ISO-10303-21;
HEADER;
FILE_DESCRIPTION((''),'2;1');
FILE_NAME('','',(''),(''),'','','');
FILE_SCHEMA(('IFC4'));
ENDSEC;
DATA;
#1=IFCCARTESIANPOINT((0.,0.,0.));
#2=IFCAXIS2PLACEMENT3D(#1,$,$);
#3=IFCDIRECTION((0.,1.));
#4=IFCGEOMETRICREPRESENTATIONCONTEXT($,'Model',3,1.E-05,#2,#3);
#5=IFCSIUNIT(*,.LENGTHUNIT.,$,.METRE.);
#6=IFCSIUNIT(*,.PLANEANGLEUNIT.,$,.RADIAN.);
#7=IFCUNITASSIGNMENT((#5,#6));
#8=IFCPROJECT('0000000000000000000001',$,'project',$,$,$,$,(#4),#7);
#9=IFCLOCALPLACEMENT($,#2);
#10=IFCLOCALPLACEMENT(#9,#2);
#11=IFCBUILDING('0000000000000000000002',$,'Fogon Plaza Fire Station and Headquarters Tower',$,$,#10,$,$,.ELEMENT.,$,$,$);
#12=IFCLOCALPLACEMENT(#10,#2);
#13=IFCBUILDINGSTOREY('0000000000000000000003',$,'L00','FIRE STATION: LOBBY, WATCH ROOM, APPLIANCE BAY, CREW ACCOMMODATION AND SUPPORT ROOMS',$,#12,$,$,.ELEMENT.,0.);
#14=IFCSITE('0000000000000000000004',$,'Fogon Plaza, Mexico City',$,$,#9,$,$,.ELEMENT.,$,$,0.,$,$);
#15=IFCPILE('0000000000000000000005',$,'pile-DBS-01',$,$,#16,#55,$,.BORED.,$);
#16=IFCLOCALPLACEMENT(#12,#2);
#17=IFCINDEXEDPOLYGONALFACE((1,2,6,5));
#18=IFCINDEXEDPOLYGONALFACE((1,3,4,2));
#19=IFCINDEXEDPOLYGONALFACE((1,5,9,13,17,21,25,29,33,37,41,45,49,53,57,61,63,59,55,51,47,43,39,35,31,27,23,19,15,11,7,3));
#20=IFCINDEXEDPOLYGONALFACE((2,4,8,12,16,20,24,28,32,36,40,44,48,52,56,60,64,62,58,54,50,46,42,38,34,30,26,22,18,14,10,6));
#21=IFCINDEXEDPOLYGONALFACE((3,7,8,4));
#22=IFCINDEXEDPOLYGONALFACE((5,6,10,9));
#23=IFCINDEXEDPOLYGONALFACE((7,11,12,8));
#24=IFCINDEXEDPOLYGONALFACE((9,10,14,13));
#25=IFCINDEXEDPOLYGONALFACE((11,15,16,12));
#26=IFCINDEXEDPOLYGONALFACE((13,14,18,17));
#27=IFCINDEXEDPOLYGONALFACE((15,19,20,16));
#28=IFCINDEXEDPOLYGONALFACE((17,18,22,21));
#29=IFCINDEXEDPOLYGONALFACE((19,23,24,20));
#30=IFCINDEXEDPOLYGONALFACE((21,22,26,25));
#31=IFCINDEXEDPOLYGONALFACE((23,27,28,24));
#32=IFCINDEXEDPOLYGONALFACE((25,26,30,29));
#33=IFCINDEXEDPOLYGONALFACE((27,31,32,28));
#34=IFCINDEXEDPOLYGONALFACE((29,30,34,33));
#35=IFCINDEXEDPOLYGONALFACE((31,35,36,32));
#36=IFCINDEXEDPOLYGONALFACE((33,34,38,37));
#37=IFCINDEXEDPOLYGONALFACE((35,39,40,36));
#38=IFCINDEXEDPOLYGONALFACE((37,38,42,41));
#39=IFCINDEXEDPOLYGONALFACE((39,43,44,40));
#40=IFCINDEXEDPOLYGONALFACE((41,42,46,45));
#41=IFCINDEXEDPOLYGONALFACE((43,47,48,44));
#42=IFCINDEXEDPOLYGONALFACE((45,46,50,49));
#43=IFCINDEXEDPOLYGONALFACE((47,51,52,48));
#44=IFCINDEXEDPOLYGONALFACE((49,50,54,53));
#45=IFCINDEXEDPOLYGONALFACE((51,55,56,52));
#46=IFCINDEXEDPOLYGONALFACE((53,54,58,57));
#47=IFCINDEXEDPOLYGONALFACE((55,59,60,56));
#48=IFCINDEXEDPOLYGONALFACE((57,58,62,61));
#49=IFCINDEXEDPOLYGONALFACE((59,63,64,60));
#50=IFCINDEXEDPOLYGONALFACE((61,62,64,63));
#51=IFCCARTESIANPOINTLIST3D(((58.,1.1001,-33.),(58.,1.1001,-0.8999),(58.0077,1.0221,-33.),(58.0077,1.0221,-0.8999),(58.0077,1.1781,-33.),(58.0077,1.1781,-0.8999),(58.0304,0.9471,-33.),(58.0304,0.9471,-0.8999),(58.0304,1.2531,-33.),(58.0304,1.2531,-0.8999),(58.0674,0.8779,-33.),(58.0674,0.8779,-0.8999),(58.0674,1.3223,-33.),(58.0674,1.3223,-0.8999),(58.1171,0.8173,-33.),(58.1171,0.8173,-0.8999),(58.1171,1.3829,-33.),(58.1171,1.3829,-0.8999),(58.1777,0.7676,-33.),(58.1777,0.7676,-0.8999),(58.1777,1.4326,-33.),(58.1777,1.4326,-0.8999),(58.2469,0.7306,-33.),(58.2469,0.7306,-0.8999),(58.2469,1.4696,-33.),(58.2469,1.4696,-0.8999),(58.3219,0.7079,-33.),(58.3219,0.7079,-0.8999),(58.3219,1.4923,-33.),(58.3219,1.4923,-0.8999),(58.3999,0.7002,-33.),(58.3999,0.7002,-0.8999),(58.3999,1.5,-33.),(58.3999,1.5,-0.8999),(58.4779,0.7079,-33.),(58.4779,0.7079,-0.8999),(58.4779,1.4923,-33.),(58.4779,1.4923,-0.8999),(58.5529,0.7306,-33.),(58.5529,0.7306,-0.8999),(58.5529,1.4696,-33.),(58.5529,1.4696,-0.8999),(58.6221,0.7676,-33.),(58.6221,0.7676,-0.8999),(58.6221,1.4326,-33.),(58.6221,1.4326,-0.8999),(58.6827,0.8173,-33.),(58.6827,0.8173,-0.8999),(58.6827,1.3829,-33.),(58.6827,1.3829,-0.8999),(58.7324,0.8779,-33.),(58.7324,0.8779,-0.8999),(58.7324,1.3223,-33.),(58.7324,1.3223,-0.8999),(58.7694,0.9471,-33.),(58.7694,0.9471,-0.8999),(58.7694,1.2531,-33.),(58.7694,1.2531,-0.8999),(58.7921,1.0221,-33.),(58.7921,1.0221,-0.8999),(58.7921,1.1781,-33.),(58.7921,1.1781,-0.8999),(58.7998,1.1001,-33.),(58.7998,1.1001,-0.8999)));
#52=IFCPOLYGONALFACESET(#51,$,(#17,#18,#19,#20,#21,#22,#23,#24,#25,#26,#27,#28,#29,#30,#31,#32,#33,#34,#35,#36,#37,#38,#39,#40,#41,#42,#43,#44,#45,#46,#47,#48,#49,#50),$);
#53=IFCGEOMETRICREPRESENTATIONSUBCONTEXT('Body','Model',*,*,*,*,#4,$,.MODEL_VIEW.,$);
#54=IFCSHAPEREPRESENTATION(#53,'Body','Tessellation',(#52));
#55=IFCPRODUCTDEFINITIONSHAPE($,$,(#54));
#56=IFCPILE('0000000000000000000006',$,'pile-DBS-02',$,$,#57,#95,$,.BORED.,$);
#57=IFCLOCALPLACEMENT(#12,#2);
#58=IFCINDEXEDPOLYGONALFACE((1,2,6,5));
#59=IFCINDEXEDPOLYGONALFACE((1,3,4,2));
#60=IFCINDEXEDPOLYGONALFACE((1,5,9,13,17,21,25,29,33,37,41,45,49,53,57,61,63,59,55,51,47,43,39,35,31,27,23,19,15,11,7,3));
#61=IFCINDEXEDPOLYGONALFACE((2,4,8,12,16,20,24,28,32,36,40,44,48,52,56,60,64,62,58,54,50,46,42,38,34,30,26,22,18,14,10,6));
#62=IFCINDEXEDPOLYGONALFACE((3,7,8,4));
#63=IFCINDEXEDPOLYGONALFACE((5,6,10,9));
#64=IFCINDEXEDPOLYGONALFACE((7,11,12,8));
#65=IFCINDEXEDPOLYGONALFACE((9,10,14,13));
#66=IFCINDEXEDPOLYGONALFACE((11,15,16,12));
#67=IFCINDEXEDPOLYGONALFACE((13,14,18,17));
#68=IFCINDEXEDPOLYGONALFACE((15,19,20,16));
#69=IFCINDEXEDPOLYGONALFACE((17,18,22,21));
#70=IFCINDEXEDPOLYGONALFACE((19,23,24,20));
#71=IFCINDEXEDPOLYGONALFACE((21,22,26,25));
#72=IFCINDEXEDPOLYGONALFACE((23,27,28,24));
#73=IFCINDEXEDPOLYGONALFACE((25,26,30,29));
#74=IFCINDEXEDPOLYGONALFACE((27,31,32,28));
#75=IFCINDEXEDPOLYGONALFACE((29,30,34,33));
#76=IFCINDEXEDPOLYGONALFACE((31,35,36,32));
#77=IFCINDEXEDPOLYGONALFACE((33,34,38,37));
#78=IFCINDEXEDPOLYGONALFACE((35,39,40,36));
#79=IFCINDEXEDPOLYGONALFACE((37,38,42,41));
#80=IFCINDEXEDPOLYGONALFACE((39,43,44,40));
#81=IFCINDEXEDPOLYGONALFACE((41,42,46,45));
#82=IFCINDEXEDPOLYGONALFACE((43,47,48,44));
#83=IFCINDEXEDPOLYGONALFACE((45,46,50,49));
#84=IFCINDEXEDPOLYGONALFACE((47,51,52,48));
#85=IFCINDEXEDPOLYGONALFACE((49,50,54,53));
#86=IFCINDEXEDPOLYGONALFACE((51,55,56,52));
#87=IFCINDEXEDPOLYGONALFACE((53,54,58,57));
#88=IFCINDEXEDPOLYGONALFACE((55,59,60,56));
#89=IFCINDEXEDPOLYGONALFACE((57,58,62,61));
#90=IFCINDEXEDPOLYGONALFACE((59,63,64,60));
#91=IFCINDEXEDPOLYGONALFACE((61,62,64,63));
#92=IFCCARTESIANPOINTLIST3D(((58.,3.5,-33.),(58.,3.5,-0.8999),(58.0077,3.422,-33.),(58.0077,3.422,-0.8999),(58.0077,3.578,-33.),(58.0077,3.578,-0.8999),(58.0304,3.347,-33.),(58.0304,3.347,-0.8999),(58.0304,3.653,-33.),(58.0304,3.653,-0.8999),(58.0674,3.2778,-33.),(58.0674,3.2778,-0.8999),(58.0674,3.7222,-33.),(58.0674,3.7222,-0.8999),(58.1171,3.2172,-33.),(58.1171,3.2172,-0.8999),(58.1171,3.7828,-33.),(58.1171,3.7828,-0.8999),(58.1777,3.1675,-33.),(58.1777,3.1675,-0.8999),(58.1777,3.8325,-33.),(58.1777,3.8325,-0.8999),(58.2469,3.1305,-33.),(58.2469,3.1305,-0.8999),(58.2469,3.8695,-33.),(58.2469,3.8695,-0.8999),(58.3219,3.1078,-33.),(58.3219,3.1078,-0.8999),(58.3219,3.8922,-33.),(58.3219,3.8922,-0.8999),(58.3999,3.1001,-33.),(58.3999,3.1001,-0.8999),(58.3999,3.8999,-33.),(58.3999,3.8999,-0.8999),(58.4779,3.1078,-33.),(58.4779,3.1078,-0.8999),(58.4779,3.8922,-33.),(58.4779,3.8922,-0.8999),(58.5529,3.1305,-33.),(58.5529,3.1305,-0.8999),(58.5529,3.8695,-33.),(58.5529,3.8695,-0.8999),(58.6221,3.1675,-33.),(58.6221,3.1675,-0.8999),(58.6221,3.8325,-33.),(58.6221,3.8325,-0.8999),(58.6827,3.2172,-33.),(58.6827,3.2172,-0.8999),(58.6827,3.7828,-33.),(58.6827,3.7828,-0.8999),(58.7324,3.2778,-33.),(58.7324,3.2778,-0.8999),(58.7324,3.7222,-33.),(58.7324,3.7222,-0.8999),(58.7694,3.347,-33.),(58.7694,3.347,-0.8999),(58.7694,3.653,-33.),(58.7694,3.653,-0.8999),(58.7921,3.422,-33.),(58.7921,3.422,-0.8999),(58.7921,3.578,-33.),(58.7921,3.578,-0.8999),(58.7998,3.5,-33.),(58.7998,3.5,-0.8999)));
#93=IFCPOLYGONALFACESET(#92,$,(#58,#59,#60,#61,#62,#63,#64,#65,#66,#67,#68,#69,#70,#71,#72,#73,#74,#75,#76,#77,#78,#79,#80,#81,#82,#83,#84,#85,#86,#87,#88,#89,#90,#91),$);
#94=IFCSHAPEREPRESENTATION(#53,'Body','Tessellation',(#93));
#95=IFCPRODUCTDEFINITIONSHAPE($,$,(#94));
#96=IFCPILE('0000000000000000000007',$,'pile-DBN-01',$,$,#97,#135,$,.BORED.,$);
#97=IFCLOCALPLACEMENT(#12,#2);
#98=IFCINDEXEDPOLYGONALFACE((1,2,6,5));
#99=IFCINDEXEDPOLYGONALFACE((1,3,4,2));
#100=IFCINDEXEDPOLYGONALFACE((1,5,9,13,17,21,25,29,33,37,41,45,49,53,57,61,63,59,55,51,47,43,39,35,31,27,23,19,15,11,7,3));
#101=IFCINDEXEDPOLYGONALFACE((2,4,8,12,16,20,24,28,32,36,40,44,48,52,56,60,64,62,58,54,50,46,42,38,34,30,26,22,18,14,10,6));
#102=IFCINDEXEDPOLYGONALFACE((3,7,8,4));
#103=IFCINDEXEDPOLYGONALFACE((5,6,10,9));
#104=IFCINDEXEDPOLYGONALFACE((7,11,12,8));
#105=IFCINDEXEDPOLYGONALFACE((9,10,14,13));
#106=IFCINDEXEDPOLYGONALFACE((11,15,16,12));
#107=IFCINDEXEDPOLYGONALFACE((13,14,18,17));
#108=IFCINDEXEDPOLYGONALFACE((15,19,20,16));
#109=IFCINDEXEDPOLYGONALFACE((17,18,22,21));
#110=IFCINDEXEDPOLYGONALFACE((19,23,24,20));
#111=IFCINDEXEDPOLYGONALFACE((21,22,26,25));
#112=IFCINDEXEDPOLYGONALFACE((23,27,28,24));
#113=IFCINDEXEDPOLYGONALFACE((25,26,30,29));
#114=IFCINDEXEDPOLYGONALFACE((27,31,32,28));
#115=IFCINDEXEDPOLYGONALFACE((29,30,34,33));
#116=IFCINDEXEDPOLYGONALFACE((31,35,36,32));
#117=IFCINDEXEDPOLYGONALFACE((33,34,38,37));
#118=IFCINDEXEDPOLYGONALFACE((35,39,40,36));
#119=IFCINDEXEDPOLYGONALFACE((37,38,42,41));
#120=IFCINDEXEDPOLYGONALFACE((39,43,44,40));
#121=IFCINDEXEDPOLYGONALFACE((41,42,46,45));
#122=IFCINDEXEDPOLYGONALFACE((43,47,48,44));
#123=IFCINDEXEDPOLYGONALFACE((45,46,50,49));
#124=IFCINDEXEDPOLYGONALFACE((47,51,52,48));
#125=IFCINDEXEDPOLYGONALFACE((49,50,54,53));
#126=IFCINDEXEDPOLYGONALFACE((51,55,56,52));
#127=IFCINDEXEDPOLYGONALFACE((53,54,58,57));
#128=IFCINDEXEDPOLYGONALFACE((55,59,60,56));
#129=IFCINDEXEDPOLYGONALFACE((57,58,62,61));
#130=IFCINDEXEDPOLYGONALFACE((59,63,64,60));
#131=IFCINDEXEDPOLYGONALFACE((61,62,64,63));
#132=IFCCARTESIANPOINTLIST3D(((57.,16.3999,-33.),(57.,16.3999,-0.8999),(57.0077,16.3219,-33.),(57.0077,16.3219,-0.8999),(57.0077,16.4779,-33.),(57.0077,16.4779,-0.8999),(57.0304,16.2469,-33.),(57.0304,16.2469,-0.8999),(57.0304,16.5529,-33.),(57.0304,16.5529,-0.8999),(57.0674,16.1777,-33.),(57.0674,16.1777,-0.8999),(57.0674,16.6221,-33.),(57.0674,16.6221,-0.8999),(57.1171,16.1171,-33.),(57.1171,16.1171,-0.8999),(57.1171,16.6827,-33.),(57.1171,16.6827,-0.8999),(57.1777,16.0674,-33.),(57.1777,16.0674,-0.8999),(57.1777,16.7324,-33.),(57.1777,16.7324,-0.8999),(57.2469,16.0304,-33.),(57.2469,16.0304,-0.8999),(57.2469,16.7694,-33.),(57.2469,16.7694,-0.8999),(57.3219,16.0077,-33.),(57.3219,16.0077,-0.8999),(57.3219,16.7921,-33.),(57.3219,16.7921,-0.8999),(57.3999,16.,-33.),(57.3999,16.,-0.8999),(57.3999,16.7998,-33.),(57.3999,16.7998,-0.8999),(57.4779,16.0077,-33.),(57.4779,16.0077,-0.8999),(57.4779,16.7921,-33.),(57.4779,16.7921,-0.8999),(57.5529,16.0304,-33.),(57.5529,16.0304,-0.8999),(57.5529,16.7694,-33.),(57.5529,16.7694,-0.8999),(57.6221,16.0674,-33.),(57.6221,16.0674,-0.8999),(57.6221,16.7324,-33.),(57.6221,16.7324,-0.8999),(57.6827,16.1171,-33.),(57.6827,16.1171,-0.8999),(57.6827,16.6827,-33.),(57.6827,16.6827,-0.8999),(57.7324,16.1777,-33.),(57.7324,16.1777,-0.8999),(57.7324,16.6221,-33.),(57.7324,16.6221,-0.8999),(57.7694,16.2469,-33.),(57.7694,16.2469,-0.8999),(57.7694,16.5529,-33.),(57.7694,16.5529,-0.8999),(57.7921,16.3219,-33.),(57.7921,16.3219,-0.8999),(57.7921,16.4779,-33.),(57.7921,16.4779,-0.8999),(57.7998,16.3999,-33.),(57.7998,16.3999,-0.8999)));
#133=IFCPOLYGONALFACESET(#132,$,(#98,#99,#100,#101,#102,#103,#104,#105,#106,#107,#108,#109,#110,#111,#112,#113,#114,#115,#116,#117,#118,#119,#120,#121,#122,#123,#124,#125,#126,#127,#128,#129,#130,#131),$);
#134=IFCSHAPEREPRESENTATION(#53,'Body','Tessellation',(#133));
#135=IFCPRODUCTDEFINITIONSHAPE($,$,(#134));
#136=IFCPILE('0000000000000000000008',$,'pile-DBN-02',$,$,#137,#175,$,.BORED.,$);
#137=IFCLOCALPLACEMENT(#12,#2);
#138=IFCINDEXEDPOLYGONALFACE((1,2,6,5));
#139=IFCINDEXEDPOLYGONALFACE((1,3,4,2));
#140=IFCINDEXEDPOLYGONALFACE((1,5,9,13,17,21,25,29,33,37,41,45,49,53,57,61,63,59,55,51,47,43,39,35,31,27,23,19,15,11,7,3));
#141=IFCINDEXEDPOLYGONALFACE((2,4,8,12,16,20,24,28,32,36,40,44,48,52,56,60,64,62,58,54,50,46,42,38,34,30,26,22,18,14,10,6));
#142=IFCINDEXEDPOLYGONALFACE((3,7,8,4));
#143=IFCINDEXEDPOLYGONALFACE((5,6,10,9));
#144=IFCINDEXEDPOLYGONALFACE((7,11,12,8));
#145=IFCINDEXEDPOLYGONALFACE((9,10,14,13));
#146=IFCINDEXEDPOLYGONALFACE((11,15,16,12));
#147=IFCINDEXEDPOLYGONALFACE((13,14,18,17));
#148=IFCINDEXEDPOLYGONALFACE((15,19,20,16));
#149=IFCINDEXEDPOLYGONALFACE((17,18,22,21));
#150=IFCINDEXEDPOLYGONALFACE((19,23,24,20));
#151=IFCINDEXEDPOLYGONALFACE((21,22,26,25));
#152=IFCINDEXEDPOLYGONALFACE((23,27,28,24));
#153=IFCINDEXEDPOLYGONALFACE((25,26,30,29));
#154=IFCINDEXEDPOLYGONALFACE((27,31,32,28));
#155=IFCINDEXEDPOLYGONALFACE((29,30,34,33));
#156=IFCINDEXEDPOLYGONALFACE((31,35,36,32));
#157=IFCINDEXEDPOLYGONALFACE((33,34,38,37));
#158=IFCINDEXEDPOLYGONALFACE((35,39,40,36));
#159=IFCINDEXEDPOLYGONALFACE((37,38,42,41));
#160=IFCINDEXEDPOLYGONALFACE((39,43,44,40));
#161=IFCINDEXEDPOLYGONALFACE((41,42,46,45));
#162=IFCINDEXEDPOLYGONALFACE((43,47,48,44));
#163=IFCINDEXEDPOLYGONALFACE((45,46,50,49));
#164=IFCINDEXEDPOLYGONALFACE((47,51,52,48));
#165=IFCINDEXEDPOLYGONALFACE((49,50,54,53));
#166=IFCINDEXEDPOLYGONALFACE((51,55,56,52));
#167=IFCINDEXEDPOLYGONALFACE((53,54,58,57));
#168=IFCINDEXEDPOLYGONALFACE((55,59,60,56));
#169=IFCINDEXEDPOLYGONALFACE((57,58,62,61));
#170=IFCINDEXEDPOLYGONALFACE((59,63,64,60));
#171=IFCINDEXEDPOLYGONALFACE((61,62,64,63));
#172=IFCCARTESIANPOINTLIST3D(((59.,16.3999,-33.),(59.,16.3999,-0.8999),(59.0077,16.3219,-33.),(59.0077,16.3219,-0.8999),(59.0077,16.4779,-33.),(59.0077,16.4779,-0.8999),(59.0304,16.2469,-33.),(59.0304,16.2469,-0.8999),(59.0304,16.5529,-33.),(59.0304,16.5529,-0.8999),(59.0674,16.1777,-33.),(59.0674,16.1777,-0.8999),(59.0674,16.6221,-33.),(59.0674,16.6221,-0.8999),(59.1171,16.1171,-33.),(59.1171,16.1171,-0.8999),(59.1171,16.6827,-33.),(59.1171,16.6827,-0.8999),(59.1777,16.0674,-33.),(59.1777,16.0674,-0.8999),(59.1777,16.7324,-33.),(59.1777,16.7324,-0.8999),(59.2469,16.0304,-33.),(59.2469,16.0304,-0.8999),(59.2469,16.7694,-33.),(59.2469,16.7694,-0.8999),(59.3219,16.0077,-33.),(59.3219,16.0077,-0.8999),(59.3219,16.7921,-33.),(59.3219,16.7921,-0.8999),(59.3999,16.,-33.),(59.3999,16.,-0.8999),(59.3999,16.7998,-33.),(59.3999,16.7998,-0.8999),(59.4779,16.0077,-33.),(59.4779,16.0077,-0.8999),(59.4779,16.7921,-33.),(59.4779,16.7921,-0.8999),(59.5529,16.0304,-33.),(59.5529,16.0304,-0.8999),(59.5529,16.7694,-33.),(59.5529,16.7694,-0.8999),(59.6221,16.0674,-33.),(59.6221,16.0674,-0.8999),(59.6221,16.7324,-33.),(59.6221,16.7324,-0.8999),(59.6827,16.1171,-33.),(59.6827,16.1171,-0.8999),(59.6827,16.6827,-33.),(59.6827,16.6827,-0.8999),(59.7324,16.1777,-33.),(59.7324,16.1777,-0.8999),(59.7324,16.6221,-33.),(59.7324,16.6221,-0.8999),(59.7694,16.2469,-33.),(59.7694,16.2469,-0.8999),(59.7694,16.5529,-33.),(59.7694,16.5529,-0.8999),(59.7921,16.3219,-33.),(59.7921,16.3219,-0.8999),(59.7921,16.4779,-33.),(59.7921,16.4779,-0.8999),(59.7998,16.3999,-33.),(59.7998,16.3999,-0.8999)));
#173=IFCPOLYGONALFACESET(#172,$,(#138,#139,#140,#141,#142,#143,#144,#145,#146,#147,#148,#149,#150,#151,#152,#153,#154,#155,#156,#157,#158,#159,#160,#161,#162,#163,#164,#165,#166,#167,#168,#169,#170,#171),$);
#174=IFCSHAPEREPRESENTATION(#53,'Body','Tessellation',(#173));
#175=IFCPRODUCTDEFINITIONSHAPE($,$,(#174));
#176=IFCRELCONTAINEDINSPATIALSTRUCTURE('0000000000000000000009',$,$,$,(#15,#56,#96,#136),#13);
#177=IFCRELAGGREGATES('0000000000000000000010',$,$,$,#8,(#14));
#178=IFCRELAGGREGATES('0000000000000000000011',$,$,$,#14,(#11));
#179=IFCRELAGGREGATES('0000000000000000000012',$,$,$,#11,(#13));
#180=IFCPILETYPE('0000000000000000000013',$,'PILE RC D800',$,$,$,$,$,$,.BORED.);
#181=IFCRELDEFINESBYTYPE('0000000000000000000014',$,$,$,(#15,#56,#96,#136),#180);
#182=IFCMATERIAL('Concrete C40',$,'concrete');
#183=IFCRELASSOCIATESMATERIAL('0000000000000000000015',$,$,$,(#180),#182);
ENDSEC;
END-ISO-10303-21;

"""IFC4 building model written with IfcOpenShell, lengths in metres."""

from ifc_helpers import new_model, si_unit, direction, frame, origin, origin_2d, place, context, subcontext, project, spatial, circle, extrude, material, material_profile, profile_set, type_object, element, save


model = new_model("IFC4")

# Units and contexts
model_context = context("Model", 3, precision=1e-05, world=origin(), true_north=direction((0.0, 1.0)))
body_context = subcontext(model_context, "Body", "Model", "MODEL_VIEW")
ifc_project = project(units=[si_unit("LENGTHUNIT", "METRE"), si_unit("PLANEANGLEUNIT", "RADIAN")], contexts=[model_context])

# Site, building, storey
site_placement = place(None, origin())
site = spatial("IfcSite", under=ifc_project, at=site_placement, Name="Fogon Plaza, Mexico City", CompositionType="ELEMENT", RefElevation=0.0)
building_placement = place(site_placement, origin())
building = spatial("IfcBuilding", under=site, at=building_placement, Name="Fogon Plaza Fire Station and Headquarters Tower", CompositionType="ELEMENT")
storey_placement = place(building_placement, origin())
storey = spatial("IfcBuildingStorey", under=building, at=storey_placement, Name="L00", Description="FIRE STATION: LOBBY, WATCH ROOM, APPLIANCE BAY, CREW ACCOMMODATION AND SUPPORT ROOMS", CompositionType="ELEMENT", Elevation=0.0)

# Piles
ifc_material_1 = material(Name="Concrete C40", Category="concrete")
ifc_material_profile_1 = material_profile(ifc_material_1, circle(Radius=0.3999, at=origin_2d()), Name="RC D800")
ifc_profile_set_1 = profile_set([ifc_material_profile_1], Name="Concrete C40")
pile_type_1 = type_object("IfcPileType", Name="PILE RC D800", PredefinedType="BORED", material=ifc_profile_set_1)
for number, where, z_axis, x_axis, name in (
    (1, (58.3999, 1.1001, -0.8999), (0.0, 0.0, -1.0), (1.0, 0.0, 0.0), "pile-DBS-01"),
    (2, (58.3999, 3.5, -0.8999), (0.0, 0.0, -1.0), (1.0, 0.0, 0.0), "pile-DBS-02"),
    (3, (57.3999, 16.3999, -0.8999), (0.0, 0.0, -1.0), (1.0, 0.0, 0.0), "pile-DBN-01"),
    (4, (59.3999, 16.3999, -0.8999), (0.0, 0.0, -1.0), (1.0, 0.0, 0.0), "pile-DBN-02"),
):
    element("IfcPile", number, at=place(storey_placement, frame(where, z_axis=z_axis, x_axis=x_axis)), inside=storey, type_object=pile_type_1, Name=name, PredefinedType="BORED", context=body_context, shape_type="SweptSolid", body=[
        extrude(circle(Radius=0.3999, at=origin_2d()), origin(), (0.0, 0.0, 1.0), 32.1001),
    ])

save(model, "model.ifc")
